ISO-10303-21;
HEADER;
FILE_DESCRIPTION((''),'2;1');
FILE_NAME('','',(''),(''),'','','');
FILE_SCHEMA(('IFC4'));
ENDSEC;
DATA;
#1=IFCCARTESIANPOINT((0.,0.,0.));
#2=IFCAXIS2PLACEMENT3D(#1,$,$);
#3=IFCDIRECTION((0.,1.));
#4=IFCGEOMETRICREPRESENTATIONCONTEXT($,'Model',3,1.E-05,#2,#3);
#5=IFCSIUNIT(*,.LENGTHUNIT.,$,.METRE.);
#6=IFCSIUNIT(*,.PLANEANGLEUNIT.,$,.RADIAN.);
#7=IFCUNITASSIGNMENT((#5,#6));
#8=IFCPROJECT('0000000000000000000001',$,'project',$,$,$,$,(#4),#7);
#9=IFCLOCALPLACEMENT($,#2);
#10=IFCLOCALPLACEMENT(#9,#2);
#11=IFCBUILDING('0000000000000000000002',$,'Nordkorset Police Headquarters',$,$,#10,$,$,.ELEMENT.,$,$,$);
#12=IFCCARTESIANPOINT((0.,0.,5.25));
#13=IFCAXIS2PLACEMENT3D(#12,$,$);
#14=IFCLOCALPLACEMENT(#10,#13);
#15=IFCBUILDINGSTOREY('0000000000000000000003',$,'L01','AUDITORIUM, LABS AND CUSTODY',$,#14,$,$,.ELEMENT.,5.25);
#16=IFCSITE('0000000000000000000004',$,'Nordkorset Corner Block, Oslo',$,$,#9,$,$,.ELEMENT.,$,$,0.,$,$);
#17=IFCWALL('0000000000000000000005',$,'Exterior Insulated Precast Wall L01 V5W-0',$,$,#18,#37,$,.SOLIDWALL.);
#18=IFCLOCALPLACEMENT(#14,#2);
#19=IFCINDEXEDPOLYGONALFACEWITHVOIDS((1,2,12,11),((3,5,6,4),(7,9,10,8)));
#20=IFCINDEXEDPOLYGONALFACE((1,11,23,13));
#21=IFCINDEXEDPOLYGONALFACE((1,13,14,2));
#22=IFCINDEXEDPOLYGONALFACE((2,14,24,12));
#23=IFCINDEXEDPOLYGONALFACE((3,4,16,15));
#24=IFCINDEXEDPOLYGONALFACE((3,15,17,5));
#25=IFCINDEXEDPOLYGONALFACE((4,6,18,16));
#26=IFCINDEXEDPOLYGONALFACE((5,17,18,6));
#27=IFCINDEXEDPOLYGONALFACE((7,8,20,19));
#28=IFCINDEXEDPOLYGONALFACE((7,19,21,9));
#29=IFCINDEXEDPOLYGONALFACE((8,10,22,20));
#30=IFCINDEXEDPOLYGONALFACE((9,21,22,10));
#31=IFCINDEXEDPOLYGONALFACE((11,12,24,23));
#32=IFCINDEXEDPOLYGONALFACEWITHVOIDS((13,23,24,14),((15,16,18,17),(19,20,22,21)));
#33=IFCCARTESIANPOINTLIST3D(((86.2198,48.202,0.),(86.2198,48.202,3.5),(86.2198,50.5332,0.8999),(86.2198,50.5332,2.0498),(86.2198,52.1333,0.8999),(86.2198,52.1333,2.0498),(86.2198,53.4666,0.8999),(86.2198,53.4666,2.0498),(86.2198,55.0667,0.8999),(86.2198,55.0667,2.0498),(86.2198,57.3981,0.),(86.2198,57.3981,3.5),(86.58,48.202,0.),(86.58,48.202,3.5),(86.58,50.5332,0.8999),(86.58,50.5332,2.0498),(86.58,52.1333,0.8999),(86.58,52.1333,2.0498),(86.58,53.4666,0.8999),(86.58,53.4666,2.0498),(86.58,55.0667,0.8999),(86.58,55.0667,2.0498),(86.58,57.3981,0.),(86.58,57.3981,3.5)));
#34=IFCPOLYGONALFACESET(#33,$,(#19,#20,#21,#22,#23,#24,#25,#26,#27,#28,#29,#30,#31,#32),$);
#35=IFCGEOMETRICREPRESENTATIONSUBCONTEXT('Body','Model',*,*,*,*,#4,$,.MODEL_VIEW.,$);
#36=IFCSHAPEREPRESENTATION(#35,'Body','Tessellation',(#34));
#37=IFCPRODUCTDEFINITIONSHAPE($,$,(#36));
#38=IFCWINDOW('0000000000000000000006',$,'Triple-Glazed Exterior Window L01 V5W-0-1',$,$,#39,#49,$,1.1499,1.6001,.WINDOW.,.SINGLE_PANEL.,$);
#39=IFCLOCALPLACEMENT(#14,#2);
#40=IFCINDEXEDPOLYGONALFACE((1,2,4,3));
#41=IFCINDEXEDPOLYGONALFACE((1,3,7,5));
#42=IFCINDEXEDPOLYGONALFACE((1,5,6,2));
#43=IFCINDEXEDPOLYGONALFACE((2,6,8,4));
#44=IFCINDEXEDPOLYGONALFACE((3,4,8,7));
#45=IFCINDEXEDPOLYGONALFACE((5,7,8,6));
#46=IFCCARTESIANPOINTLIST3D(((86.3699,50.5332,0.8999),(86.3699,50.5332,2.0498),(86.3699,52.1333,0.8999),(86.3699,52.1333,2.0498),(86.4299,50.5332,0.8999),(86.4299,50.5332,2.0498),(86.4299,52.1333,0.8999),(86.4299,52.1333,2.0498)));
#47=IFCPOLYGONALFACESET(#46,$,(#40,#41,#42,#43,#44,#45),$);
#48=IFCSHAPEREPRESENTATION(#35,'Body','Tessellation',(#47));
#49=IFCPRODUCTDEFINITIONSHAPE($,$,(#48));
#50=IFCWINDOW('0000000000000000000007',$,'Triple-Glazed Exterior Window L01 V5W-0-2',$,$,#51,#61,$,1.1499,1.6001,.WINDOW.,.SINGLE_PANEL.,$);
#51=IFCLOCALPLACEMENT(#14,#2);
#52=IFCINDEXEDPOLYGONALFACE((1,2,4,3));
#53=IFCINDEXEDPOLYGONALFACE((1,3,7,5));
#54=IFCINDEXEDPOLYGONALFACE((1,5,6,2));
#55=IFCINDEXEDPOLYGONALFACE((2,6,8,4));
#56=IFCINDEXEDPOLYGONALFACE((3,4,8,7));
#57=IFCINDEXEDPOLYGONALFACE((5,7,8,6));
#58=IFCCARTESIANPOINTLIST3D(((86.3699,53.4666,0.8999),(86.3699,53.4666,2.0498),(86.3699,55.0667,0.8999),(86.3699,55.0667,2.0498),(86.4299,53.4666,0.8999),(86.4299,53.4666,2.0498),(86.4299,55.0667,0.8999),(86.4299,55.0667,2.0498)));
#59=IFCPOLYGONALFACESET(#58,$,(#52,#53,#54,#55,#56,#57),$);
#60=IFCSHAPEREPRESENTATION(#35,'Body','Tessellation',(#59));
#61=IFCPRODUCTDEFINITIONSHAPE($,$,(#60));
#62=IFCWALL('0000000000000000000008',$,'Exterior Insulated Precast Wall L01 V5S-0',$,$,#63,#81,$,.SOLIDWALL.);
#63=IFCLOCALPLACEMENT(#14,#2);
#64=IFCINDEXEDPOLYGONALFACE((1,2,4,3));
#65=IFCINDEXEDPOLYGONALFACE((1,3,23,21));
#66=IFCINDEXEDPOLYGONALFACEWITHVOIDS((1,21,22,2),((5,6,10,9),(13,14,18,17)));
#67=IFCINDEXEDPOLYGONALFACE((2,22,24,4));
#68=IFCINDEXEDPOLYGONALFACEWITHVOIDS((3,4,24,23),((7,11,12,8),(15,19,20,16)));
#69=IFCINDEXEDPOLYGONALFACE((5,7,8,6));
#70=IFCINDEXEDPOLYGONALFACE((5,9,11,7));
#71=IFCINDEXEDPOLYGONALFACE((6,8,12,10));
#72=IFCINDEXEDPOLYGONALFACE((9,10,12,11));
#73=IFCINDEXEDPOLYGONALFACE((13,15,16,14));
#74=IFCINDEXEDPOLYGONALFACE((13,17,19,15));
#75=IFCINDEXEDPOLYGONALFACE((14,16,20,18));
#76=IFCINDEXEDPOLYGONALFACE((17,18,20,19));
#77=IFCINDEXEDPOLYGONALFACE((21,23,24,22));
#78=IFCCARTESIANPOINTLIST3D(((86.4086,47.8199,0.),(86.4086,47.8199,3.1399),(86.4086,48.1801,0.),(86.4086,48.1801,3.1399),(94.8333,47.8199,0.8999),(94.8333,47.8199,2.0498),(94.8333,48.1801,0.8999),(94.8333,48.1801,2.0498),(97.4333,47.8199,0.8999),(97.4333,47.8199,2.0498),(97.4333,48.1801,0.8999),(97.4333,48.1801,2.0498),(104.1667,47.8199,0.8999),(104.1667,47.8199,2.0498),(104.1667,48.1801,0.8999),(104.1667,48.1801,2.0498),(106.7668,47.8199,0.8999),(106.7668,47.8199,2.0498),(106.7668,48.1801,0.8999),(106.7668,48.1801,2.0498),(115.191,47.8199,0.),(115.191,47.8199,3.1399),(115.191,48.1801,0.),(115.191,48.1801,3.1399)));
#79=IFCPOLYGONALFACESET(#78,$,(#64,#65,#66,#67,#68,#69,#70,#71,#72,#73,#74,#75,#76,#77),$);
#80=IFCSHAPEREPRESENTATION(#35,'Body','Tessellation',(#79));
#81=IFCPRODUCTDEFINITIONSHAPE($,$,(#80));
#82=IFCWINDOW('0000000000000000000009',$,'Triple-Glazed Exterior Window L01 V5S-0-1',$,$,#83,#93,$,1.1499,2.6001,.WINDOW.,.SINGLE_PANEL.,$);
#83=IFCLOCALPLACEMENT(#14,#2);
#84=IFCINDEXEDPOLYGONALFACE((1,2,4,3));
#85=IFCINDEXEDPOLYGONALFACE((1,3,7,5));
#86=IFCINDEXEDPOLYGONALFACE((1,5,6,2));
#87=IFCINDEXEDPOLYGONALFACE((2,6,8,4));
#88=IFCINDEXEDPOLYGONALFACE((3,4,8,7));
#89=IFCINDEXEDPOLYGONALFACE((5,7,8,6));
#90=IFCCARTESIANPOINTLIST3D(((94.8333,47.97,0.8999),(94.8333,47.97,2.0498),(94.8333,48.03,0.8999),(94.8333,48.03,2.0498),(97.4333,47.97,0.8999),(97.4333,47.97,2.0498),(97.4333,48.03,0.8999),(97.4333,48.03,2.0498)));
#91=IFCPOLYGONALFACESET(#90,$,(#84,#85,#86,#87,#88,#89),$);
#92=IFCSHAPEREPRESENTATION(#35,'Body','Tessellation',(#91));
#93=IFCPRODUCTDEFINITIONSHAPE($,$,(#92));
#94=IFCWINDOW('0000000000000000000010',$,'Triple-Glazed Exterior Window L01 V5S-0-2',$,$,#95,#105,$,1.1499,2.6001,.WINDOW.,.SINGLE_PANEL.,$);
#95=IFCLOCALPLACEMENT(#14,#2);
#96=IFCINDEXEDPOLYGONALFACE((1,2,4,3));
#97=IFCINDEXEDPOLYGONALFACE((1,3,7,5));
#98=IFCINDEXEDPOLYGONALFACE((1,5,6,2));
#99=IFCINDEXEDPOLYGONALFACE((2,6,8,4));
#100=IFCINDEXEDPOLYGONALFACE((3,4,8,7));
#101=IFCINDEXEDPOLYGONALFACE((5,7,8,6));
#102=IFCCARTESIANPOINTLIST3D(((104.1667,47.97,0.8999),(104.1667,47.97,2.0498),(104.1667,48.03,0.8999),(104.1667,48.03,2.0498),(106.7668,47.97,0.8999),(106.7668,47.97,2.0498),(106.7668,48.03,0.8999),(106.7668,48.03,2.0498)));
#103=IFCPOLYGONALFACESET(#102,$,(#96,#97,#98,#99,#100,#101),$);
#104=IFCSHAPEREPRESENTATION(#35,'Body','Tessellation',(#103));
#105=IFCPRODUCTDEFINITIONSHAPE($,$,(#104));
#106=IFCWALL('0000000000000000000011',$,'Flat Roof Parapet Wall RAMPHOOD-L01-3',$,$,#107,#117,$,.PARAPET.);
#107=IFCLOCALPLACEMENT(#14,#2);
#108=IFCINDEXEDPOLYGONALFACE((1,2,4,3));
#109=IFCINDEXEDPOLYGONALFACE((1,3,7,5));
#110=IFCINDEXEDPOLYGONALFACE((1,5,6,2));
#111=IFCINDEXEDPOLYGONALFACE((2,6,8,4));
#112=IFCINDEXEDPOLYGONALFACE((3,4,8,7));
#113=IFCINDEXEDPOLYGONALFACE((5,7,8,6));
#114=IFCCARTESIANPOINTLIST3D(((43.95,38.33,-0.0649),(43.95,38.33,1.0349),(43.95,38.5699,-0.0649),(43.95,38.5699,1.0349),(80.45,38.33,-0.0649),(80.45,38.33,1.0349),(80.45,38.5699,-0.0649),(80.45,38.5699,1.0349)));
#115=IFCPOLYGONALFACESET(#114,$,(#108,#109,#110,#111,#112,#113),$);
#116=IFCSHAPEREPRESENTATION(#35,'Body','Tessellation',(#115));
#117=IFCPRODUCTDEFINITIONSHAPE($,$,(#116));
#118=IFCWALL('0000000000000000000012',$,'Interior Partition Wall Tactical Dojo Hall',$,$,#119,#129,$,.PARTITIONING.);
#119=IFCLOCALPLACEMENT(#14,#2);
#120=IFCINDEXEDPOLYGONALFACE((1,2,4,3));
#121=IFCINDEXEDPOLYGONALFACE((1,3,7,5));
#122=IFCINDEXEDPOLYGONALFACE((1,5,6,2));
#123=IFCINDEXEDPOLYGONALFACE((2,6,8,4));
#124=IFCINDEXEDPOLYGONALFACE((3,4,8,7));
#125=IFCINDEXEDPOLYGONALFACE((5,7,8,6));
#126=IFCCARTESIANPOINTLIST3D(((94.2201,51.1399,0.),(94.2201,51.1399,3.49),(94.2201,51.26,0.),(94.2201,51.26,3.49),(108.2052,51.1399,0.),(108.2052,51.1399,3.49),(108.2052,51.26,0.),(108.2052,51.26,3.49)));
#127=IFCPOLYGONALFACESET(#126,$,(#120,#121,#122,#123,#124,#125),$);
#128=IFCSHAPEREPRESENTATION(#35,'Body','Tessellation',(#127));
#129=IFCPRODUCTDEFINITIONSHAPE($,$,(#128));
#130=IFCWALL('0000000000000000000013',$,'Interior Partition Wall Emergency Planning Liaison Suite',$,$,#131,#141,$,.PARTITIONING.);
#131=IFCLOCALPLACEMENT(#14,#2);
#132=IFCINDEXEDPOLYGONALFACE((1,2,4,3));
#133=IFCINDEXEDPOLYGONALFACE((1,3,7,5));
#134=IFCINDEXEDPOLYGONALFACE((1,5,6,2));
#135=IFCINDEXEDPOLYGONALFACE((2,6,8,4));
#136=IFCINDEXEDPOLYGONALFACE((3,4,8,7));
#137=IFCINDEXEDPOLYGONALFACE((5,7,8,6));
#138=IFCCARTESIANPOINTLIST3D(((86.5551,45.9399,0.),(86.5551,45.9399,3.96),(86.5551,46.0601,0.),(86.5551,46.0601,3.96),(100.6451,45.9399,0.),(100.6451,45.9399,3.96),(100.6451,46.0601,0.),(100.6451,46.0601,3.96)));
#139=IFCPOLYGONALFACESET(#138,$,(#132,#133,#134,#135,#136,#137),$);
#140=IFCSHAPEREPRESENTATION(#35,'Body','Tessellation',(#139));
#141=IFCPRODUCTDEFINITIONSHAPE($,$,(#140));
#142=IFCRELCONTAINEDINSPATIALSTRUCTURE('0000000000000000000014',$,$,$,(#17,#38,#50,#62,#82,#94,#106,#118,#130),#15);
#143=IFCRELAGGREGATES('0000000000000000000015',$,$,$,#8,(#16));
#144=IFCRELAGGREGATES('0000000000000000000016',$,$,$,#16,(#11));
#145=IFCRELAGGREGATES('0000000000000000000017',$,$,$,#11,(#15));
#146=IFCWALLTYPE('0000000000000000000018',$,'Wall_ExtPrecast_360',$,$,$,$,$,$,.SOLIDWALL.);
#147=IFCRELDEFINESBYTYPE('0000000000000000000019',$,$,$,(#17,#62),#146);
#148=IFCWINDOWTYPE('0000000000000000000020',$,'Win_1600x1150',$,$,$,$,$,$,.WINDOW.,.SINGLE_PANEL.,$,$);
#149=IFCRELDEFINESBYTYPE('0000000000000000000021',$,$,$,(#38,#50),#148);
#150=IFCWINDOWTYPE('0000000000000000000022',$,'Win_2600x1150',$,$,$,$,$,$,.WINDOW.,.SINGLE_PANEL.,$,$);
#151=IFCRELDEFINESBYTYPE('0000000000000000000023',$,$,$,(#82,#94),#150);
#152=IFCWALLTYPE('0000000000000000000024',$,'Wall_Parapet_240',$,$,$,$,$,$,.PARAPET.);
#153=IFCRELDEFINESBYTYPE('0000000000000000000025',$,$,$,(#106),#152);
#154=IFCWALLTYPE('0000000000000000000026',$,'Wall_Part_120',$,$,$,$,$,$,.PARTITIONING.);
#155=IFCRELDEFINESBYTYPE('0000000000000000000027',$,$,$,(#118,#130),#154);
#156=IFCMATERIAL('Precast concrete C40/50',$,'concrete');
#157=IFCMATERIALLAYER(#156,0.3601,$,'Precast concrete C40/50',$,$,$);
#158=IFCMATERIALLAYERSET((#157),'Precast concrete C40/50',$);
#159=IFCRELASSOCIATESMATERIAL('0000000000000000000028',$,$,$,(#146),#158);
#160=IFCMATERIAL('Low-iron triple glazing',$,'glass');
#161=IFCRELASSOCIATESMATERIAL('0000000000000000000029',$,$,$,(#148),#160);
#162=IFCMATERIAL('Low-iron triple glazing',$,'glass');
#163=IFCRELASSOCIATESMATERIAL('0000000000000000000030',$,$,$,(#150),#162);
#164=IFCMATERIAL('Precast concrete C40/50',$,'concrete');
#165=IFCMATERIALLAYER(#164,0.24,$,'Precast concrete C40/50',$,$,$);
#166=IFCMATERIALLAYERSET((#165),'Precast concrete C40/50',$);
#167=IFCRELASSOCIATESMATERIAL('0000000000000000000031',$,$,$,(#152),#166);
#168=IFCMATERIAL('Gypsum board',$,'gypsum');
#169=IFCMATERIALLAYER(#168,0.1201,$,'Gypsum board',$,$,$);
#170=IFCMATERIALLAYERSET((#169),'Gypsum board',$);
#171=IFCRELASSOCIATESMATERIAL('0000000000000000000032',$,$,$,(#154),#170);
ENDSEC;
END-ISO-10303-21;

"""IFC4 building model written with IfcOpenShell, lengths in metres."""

from ifc_helpers import new_model, si_unit, direction, frame, frame_2d, origin, place, context, subcontext, project, spatial, rectangle, extrude, material, layer, layer_set, type_object, element, fill, save


model = new_model("IFC4")

# Units and contexts
model_context = context("Model", 3, precision=1e-05, world=origin(), true_north=direction((0.0, 1.0)))
body_context = subcontext(model_context, "Body", "Model", "MODEL_VIEW")
ifc_project = project(units=[si_unit("LENGTHUNIT", "METRE"), si_unit("PLANEANGLEUNIT", "RADIAN")], contexts=[model_context])

# Site, building, storey
site_placement = place(None, origin())
site = spatial("IfcSite", under=ifc_project, at=site_placement, Name="Nordkorset Corner Block, Oslo", CompositionType="ELEMENT", RefElevation=0.0)
building_placement = place(site_placement, origin())
building = spatial("IfcBuilding", under=site, at=building_placement, Name="Nordkorset Police Headquarters", CompositionType="ELEMENT")
storey_placement = place(building_placement, frame((0.0, 0.0, 5.25)))
storey = spatial("IfcBuildingStorey", under=building, at=storey_placement, Name="L01", Description="AUDITORIUM, LABS AND CUSTODY", CompositionType="ELEMENT", Elevation=5.25)

# Walls, openings, windows
ifc_material_1 = material(Name="Precast concrete C40/50", Category="concrete")
ifc_layer_1 = layer(ifc_material_1, 0.3601, Name="Precast concrete C40/50")
ifc_layer_set_1 = layer_set([ifc_layer_1], Name="Precast concrete C40/50")
wall_type_1 = type_object("IfcWallType", Name="Wall_ExtPrecast_360", PredefinedType="SOLIDWALL", material=ifc_layer_set_1)
wall_1_placement = place(storey_placement, frame((86.3999, 48.2019, 0.0), z_axis=(0.0, 0.0, 1.0), x_axis=(0.0, 1.0, 0.0)))
wall_1 = element("IfcWall", 1, at=wall_1_placement, inside=storey, type_object=wall_type_1, Name="Exterior Insulated Precast Wall L01 V5W-0", PredefinedType="SOLIDWALL", context=body_context, shape_type="SweptSolid", body=[
    extrude(rectangle(XDim=9.196, YDim=0.3601, at=frame_2d((4.5981, 0.0))), origin(), (0.0, 0.0, 1.0), 3.5),
])
opening_1_placement = place(wall_1_placement, frame((2.3313, 0.0, 0.8999)))
opening_1 = element("IfcOpeningElement", 2, at=opening_1_placement, cuts=wall_1, PredefinedType="OPENING", context=body_context, shape_type="SweptSolid", body=[
    extrude(rectangle(XDim=1.6001, YDim=1.1499, at=frame_2d((0.8, 0.575))), frame((0.0, 0.1899, 0.0), z_axis=(0.0, -1.0, 0.0), x_axis=(1.0, 0.0, 0.0)), (0.0, 0.0, 1.0), 0.3801),
])
opening_2_placement = place(wall_1_placement, frame((5.2646, 0.0, 0.8999)))
opening_2 = element("IfcOpeningElement", 3, at=opening_2_placement, cuts=wall_1, PredefinedType="OPENING", context=body_context, shape_type="SweptSolid", body=[
    extrude(rectangle(XDim=1.6001, YDim=1.1499, at=frame_2d((0.8, 0.575))), frame((0.0, 0.1899, 0.0), z_axis=(0.0, -1.0, 0.0), x_axis=(1.0, 0.0, 0.0)), (0.0, 0.0, 1.0), 0.3801),
])
ifc_material_2 = material(Name="Low-iron triple glazing", Category="glass")
window_type_1 = type_object("IfcWindowType", Name="Win_1600x1150", PartitioningType="SINGLE_PANEL", PredefinedType="WINDOW", material=ifc_material_2)
window_1_placement = place(opening_1_placement, origin())
window_1 = element("IfcWindow", 4, at=window_1_placement, inside=storey, type_object=window_type_1, Name="Triple-Glazed Exterior Window L01 V5W-0-1", OverallHeight=1.1499, OverallWidth=1.6001, PartitioningType="SINGLE_PANEL", PredefinedType="WINDOW", context=body_context, shape_type="SweptSolid", body=[
    extrude(rectangle(XDim=1.6001, YDim=1.1499, at=frame_2d((0.8, 0.575))), frame((0.0, 0.03, 0.0), z_axis=(0.0, -1.0, 0.0), x_axis=(1.0, 0.0, 0.0)), (0.0, 0.0, 1.0), 0.0601),
])
fill(opening_1, window_1)
window_2_placement = place(opening_2_placement, origin())
window_2 = element("IfcWindow", 5, at=window_2_placement, inside=storey, type_object=window_type_1, Name="Triple-Glazed Exterior Window L01 V5W-0-2", OverallHeight=1.1499, OverallWidth=1.6001, PartitioningType="SINGLE_PANEL", PredefinedType="WINDOW", context=body_context, shape_type="SweptSolid", body=[
    extrude(rectangle(XDim=1.6001, YDim=1.1499, at=frame_2d((0.8, 0.575))), frame((0.0, 0.03, 0.0), z_axis=(0.0, -1.0, 0.0), x_axis=(1.0, 0.0, 0.0)), (0.0, 0.0, 1.0), 0.0601),
])
fill(opening_2, window_2)
wall_2_placement = place(storey_placement, frame((86.4087, 48.0, 0.0), z_axis=(0.0, 0.0, 1.0), x_axis=(1.0, 0.0, 0.0)))
wall_2 = element("IfcWall", 6, at=wall_2_placement, inside=storey, type_object=wall_type_1, Name="Exterior Insulated Precast Wall L01 V5S-0", PredefinedType="SOLIDWALL", context=body_context, shape_type="SweptSolid", body=[
    extrude(rectangle(XDim=28.7825, YDim=0.3601, at=frame_2d((14.3911, 0.0))), origin(), (0.0, 0.0, 1.0), 3.1399),
])
opening_3_placement = place(wall_2_placement, frame((8.4246, 0.0, 0.8999)))
opening_3 = element("IfcOpeningElement", 7, at=opening_3_placement, cuts=wall_2, PredefinedType="OPENING", context=body_context, shape_type="SweptSolid", body=[
    extrude(rectangle(XDim=2.6001, YDim=1.1499, at=frame_2d((1.3, 0.575))), frame((0.0, 0.1899, 0.0), z_axis=(0.0, -1.0, 0.0), x_axis=(1.0, 0.0, 0.0)), (0.0, 0.0, 1.0), 0.3801),
])
opening_4_placement = place(wall_2_placement, frame((17.7581, 0.0, 0.8999)))
opening_4 = element("IfcOpeningElement", 8, at=opening_4_placement, cuts=wall_2, PredefinedType="OPENING", context=body_context, shape_type="SweptSolid", body=[
    extrude(rectangle(XDim=2.6001, YDim=1.1499, at=frame_2d((1.3, 0.575))), frame((0.0, 0.1899, 0.0), z_axis=(0.0, -1.0, 0.0), x_axis=(1.0, 0.0, 0.0)), (0.0, 0.0, 1.0), 0.3801),
])
ifc_material_3 = material(Name="Low-iron triple glazing", Category="glass")
window_type_2 = type_object("IfcWindowType", Name="Win_2600x1150", PartitioningType="SINGLE_PANEL", PredefinedType="WINDOW", material=ifc_material_3)
window_3_placement = place(opening_3_placement, origin())
window_3 = element("IfcWindow", 9, at=window_3_placement, inside=storey, type_object=window_type_2, Name="Triple-Glazed Exterior Window L01 V5S-0-1", OverallHeight=1.1499, OverallWidth=2.6001, PartitioningType="SINGLE_PANEL", PredefinedType="WINDOW", context=body_context, shape_type="SweptSolid", body=[
    extrude(rectangle(XDim=2.6001, YDim=1.1499, at=frame_2d((1.3, 0.575))), frame((0.0, 0.03, 0.0), z_axis=(0.0, -1.0, 0.0), x_axis=(1.0, 0.0, 0.0)), (0.0, 0.0, 1.0), 0.0601),
])
fill(opening_3, window_3)
window_4_placement = place(opening_4_placement, origin())
window_4 = element("IfcWindow", 10, at=window_4_placement, inside=storey, type_object=window_type_2, Name="Triple-Glazed Exterior Window L01 V5S-0-2", OverallHeight=1.1499, OverallWidth=2.6001, PartitioningType="SINGLE_PANEL", PredefinedType="WINDOW", context=body_context, shape_type="SweptSolid", body=[
    extrude(rectangle(XDim=2.6001, YDim=1.1499, at=frame_2d((1.3, 0.575))), frame((0.0, 0.03, 0.0), z_axis=(0.0, -1.0, 0.0), x_axis=(1.0, 0.0, 0.0)), (0.0, 0.0, 1.0), 0.0601),
])
fill(opening_4, window_4)

# Walls
ifc_material_4 = material(Name="Precast concrete C40/50", Category="concrete")
ifc_layer_2 = layer(ifc_material_4, 0.24, Name="Precast concrete C40/50")
ifc_layer_set_2 = layer_set([ifc_layer_2], Name="Precast concrete C40/50")
wall_type_2 = type_object("IfcWallType", Name="Wall_Parapet_240", PredefinedType="PARAPET", material=ifc_layer_set_2)
wall_3_placement = place(storey_placement, frame((80.45, 38.45, -0.0649), z_axis=(0.0, 0.0, 1.0), x_axis=(-1.0, 0.0, 0.0)))
element("IfcWall", 11, at=wall_3_placement, inside=storey, type_object=wall_type_2, Name="Flat Roof Parapet Wall RAMPHOOD-L01-3", PredefinedType="PARAPET", context=body_context, shape_type="SweptSolid", body=[
    extrude(rectangle(XDim=36.5, YDim=0.24, at=frame_2d((18.25, 0.0))), origin(), (0.0, 0.0, 1.0), 1.0999),
])
ifc_material_5 = material(Name="Gypsum board", Category="gypsum")
ifc_layer_3 = layer(ifc_material_5, 0.1201, Name="Gypsum board")
ifc_layer_set_3 = layer_set([ifc_layer_3], Name="Gypsum board")
wall_type_3 = type_object("IfcWallType", Name="Wall_Part_120", PredefinedType="PARTITIONING", material=ifc_layer_set_3)
wall_4_placement = place(storey_placement, frame((94.22, 51.2, 0.0), z_axis=(0.0, 0.0, 1.0), x_axis=(1.0, 0.0, 0.0)))
element("IfcWall", 12, at=wall_4_placement, inside=storey, type_object=wall_type_3, Name="Interior Partition Wall Tactical Dojo Hall", PredefinedType="PARTITIONING", context=body_context, shape_type="SweptSolid", body=[
    extrude(rectangle(XDim=13.9851, YDim=0.1201, at=frame_2d((6.9927, 0.0))), origin(), (0.0, 0.0, 1.0), 3.49),
])
wall_5_placement = place(storey_placement, frame((100.645, 46.0, 0.0), z_axis=(0.0, 0.0, 1.0), x_axis=(-1.0, 0.0, 0.0)))
element("IfcWall", 13, at=wall_5_placement, inside=storey, type_object=wall_type_3, Name="Interior Partition Wall Emergency Planning Liaison Suite", PredefinedType="PARTITIONING", context=body_context, shape_type="SweptSolid", body=[
    extrude(rectangle(XDim=14.0901, YDim=0.1201, at=frame_2d((7.0449, 0.0))), origin(), (0.0, 0.0, 1.0), 3.96),
])

save(model, "model.ifc")
